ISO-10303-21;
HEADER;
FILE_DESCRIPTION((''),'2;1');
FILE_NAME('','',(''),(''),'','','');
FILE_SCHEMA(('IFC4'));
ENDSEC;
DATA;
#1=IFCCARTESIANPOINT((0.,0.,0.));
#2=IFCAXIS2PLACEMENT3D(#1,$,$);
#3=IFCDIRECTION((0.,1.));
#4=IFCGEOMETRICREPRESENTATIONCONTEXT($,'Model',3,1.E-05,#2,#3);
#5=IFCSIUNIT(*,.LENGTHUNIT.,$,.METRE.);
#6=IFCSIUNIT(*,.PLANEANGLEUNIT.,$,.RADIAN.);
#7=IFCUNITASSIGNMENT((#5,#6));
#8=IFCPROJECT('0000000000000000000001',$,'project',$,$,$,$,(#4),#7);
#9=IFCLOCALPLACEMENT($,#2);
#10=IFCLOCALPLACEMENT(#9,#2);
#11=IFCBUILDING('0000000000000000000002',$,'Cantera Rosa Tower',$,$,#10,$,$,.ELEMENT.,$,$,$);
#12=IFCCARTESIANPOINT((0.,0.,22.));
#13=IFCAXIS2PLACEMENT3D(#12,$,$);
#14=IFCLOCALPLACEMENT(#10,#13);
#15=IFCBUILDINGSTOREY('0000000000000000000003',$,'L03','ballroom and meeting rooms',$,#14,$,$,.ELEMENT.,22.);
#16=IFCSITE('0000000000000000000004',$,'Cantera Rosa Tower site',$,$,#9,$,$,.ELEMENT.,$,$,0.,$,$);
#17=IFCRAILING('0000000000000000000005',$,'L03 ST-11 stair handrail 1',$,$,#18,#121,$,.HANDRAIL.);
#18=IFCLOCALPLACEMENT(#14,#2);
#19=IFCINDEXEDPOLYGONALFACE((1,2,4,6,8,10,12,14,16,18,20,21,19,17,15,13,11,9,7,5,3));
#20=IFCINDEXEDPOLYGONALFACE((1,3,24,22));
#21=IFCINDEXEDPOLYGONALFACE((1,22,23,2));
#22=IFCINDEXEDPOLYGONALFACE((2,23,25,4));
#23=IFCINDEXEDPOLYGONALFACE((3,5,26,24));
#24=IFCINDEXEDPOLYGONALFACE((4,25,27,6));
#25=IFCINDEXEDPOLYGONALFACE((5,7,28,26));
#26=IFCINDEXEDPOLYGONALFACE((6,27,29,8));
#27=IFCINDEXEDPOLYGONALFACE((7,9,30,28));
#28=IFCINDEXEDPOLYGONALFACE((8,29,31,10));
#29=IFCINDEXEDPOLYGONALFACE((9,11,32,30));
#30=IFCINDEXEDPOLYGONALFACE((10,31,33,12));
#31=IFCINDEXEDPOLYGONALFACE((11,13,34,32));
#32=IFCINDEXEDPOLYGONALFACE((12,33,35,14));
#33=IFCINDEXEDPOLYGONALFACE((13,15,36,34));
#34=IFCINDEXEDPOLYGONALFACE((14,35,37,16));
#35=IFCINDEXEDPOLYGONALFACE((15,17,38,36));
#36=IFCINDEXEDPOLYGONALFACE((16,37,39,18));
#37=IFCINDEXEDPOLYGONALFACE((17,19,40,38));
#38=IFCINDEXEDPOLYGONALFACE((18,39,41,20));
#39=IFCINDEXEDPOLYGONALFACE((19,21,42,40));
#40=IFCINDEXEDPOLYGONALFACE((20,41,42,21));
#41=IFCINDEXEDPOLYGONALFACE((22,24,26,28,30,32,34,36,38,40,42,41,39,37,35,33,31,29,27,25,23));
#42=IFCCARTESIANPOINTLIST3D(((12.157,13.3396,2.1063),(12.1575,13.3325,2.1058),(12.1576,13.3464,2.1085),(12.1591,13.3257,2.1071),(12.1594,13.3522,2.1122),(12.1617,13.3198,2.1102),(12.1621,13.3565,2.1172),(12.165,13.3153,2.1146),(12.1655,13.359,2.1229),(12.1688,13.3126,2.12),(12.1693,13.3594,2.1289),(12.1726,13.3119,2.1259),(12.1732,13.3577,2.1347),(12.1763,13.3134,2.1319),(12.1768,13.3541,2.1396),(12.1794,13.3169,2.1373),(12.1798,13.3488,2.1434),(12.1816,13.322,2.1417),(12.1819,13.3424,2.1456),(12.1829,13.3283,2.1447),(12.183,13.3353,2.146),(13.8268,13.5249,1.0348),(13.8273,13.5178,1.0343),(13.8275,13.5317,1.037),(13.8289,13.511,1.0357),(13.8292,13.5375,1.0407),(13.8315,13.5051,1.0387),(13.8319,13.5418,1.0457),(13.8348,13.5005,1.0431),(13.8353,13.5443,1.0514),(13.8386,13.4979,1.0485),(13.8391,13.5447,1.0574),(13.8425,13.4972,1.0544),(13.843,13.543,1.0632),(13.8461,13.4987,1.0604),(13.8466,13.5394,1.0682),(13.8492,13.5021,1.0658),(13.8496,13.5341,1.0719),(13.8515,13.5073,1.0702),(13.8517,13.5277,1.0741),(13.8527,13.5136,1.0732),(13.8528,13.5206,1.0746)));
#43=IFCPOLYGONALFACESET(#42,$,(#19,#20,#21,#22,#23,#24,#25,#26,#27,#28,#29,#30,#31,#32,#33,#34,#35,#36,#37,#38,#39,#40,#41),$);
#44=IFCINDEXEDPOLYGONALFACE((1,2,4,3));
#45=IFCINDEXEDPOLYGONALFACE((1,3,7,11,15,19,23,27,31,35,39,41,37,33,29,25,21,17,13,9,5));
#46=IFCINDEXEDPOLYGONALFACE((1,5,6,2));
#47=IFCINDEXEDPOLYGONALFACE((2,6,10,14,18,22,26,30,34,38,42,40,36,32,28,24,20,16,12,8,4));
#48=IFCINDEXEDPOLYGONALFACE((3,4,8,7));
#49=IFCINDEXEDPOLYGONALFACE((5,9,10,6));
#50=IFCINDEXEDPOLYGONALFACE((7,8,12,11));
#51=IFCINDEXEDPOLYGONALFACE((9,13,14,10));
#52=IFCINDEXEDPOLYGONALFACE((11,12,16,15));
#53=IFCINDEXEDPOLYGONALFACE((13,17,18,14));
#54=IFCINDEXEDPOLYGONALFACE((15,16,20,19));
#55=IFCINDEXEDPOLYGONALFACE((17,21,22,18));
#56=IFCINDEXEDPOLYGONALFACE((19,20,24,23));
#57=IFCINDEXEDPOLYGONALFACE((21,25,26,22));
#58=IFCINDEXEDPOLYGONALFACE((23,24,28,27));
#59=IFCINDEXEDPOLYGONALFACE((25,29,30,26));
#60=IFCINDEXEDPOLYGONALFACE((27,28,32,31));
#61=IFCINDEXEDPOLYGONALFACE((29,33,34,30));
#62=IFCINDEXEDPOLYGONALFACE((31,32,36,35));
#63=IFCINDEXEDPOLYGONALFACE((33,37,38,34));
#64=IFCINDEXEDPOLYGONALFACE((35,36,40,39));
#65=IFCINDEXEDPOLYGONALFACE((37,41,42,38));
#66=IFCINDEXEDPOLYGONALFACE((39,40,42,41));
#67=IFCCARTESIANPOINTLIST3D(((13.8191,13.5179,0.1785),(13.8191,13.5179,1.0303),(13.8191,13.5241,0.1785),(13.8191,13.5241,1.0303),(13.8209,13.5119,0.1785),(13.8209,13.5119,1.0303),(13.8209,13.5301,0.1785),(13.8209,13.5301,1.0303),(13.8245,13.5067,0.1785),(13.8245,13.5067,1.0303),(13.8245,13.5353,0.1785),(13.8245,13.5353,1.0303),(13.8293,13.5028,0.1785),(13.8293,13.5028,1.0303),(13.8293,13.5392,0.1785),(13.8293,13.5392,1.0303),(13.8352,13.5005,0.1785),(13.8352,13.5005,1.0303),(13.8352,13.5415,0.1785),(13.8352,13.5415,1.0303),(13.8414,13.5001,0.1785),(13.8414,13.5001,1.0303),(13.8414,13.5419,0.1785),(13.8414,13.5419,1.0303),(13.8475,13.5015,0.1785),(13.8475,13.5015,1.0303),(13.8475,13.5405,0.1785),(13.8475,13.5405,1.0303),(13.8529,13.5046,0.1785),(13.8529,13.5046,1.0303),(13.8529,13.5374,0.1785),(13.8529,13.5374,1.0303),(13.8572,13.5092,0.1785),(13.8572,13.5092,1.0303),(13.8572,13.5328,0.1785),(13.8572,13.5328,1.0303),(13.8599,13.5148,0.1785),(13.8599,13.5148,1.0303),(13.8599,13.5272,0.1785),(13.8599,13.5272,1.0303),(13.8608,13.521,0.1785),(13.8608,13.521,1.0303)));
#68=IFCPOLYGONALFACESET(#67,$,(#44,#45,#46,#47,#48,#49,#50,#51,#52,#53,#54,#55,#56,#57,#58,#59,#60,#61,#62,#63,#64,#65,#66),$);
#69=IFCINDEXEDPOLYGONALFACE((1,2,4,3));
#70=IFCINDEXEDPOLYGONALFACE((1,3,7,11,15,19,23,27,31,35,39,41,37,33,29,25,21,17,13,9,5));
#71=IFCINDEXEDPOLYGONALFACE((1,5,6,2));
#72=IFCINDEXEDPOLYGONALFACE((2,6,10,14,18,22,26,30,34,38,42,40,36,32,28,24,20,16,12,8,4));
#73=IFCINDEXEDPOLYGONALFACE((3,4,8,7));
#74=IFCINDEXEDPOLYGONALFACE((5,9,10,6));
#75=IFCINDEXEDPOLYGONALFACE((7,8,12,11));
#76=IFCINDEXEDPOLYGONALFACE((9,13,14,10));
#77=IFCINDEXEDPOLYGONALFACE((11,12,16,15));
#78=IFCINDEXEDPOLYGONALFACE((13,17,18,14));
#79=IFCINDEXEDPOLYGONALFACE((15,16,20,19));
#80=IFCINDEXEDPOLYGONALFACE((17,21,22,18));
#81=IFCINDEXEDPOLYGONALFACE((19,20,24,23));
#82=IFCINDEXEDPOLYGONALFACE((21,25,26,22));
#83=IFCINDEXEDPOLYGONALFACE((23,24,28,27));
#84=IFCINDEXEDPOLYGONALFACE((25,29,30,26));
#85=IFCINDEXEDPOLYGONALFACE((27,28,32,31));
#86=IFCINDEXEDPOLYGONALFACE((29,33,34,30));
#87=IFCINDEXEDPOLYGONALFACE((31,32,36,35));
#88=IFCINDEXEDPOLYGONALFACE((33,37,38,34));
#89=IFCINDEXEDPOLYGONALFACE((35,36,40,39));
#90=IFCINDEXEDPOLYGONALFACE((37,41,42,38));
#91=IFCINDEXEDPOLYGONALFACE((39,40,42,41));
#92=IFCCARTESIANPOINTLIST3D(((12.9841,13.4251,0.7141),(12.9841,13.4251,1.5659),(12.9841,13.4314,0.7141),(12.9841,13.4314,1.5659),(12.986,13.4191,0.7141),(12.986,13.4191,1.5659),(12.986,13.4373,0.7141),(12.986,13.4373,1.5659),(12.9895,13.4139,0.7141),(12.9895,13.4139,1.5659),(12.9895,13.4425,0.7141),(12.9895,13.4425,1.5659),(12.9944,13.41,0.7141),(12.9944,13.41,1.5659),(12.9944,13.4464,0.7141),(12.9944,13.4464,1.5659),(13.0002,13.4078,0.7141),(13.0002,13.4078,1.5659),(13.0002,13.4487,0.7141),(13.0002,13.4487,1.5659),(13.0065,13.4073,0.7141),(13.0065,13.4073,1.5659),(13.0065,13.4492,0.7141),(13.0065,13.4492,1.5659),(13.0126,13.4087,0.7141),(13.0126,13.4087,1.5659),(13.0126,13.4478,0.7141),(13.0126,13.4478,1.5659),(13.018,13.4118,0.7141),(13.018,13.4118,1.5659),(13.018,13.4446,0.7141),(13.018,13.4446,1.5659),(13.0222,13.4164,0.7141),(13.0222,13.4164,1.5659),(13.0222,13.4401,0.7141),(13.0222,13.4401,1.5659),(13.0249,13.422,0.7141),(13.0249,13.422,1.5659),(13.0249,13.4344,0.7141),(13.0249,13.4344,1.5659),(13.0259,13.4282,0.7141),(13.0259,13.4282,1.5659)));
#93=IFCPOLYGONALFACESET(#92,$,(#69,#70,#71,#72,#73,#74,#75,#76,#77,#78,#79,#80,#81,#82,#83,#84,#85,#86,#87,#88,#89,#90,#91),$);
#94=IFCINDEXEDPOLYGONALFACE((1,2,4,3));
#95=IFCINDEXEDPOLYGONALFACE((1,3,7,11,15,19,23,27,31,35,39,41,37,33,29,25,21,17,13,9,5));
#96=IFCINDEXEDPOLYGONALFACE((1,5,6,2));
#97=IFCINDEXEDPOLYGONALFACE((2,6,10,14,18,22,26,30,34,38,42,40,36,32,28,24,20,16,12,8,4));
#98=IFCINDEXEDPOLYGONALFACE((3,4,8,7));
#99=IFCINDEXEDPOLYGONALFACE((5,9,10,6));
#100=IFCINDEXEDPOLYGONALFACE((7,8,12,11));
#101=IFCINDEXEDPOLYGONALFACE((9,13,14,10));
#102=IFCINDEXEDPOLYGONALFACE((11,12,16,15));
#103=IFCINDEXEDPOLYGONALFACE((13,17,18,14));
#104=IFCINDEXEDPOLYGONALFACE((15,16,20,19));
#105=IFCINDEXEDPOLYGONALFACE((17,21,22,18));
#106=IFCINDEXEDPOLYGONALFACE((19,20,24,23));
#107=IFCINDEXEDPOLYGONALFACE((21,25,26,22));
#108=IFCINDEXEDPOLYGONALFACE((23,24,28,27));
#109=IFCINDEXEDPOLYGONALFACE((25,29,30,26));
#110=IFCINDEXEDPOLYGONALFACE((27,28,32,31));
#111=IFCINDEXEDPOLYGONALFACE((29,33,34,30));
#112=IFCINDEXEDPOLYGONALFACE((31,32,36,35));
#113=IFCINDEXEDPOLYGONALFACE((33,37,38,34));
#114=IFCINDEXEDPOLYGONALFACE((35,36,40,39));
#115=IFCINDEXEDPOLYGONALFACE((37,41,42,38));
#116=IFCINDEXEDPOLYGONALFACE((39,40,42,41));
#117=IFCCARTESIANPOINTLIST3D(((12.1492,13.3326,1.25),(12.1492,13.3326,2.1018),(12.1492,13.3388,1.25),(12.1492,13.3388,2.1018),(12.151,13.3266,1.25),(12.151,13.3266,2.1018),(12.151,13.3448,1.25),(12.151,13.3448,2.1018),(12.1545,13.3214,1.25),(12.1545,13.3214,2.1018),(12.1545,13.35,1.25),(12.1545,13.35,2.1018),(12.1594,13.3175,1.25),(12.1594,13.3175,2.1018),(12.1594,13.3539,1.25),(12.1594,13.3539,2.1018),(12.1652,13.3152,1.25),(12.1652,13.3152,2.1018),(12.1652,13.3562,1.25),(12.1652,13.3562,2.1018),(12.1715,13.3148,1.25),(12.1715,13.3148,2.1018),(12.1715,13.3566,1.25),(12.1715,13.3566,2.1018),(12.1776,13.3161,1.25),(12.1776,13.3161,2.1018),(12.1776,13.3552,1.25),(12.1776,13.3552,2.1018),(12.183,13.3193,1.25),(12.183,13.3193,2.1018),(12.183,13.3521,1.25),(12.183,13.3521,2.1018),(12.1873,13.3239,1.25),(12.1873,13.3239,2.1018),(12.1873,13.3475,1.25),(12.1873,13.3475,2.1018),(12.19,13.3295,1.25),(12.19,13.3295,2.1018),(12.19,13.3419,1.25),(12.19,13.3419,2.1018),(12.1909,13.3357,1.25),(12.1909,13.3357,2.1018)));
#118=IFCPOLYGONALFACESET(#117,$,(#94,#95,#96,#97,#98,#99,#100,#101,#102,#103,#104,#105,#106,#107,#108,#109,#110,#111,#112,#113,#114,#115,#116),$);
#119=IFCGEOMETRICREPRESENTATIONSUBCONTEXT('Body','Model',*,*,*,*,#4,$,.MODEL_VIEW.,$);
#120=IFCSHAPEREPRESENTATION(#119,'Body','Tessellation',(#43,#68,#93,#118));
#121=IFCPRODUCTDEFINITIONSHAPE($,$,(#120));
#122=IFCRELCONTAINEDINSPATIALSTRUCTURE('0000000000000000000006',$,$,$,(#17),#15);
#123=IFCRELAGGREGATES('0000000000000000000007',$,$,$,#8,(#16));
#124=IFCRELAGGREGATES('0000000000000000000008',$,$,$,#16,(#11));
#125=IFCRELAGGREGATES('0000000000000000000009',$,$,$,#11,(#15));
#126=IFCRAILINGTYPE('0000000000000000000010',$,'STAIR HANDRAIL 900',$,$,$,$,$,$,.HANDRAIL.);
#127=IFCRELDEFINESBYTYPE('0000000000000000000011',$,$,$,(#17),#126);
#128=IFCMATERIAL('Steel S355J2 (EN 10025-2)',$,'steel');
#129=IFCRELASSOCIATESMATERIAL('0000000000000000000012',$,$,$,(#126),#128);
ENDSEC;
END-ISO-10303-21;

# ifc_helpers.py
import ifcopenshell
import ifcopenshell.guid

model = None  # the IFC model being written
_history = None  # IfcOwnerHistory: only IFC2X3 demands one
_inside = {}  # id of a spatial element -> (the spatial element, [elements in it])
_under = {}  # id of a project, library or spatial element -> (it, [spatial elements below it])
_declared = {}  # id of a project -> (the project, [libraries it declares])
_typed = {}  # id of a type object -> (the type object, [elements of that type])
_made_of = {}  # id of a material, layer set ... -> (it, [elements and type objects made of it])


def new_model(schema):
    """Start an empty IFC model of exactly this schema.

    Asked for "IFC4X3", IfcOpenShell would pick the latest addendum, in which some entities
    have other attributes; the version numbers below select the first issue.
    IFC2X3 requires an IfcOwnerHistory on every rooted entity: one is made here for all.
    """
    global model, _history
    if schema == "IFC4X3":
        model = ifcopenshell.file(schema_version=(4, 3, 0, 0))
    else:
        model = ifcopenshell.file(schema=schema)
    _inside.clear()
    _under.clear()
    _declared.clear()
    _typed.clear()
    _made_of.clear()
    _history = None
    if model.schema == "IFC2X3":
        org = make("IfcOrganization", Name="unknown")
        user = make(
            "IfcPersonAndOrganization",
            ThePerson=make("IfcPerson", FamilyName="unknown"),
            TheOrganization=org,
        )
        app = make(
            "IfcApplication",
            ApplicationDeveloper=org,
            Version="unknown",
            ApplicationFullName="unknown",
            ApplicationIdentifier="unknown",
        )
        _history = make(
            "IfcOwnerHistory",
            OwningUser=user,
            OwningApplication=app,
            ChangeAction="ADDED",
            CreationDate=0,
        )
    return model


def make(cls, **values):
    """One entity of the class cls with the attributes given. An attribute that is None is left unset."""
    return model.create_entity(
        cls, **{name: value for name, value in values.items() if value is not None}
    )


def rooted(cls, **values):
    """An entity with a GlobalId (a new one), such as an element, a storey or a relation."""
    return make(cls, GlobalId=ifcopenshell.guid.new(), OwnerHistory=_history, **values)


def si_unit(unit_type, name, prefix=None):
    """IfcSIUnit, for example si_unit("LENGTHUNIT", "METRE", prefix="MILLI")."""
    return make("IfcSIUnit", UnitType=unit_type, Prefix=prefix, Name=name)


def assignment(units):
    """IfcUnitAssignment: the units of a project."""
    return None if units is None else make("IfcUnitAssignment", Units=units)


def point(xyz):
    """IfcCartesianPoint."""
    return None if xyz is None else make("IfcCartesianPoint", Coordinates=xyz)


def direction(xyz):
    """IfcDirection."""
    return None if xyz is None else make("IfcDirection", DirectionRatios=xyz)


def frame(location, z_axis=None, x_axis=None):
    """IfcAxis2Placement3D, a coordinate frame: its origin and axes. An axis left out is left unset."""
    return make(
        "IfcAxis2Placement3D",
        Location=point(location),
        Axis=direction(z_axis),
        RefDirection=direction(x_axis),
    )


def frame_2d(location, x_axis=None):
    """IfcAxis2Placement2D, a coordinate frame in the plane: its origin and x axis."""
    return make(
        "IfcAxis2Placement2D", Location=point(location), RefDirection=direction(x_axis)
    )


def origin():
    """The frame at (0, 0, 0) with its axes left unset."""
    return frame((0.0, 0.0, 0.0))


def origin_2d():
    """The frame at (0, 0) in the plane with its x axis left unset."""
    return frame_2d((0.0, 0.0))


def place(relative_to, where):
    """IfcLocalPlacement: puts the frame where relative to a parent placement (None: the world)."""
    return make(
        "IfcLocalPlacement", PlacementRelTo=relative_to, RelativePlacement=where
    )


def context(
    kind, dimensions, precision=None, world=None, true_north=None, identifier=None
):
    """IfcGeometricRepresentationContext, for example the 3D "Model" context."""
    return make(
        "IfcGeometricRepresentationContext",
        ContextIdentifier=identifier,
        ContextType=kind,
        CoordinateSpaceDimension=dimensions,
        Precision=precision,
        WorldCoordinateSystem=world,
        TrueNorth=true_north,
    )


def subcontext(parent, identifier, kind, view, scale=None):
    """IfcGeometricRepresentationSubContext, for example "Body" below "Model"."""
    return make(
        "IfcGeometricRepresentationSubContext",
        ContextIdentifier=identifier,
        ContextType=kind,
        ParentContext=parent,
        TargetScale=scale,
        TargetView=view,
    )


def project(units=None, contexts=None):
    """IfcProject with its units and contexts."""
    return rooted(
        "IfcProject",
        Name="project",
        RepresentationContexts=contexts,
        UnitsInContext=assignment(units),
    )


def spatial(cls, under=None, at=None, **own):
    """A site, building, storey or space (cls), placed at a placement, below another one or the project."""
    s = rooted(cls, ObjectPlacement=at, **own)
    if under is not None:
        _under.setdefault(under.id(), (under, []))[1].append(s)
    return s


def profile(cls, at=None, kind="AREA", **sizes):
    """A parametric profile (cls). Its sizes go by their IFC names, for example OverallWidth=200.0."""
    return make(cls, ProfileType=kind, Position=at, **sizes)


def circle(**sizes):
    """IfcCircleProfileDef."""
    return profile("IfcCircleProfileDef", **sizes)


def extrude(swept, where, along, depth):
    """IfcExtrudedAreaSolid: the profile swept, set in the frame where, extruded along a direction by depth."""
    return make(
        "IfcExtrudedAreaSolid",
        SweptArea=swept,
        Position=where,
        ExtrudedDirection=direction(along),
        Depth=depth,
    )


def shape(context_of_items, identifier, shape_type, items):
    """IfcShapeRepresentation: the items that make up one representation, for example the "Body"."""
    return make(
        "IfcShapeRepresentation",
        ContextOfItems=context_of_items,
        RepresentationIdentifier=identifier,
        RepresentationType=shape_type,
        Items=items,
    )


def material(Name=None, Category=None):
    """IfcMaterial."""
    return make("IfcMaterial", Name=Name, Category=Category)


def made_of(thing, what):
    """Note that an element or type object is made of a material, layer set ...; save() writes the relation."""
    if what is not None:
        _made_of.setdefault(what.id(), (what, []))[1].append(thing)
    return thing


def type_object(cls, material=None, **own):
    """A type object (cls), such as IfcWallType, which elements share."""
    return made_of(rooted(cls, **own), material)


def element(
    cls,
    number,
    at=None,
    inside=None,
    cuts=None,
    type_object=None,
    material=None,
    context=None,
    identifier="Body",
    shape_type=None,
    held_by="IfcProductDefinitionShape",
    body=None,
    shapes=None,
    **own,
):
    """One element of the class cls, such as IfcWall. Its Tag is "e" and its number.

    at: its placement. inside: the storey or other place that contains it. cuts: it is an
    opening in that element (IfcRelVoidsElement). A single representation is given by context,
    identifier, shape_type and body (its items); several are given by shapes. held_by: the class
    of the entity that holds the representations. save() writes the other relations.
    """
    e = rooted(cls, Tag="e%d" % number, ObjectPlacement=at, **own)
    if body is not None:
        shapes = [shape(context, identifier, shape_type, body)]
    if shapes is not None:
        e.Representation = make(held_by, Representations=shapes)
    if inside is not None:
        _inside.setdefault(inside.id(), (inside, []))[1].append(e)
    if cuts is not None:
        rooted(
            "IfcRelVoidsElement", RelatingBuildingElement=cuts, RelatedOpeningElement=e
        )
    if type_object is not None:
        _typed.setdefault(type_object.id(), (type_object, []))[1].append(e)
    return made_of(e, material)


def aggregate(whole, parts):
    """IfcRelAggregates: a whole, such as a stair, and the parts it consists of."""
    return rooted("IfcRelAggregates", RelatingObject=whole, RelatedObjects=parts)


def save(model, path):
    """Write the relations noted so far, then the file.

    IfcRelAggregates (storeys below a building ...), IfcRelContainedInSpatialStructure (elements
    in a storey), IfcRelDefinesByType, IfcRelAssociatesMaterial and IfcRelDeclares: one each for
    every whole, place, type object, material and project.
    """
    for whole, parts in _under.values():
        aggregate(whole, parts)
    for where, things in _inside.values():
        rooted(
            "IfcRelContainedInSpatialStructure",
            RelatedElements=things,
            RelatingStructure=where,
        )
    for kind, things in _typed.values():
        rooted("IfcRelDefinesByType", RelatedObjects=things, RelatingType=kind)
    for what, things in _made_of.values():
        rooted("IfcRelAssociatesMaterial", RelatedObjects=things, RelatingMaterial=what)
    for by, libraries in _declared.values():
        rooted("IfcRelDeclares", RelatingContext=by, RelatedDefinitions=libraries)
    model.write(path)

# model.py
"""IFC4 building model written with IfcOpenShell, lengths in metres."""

from ifc_helpers import new_model, si_unit, direction, frame, origin, origin_2d, place, context, subcontext, project, spatial, circle, extrude, material, type_object, element, save


model = new_model("IFC4")

# Units and contexts
model_context = context("Model", 3, precision=1e-05, world=origin(), true_north=direction((0.0, 1.0)))
body_context = subcontext(model_context, "Body", "Model", "MODEL_VIEW")
ifc_project = project(units=[si_unit("LENGTHUNIT", "METRE"), si_unit("PLANEANGLEUNIT", "RADIAN")], contexts=[model_context])

# Site, building, storey
site_placement = place(None, origin())
site = spatial("IfcSite", under=ifc_project, at=site_placement, Name="Cantera Rosa Tower site", CompositionType="ELEMENT", RefElevation=0.0)
building_placement = place(site_placement, origin())
building = spatial("IfcBuilding", under=site, at=building_placement, Name="Cantera Rosa Tower", CompositionType="ELEMENT")
storey_placement = place(building_placement, frame((0.0, 0.0, 22.0)))
storey = spatial("IfcBuildingStorey", under=building, at=storey_placement, Name="L03", Description="ballroom and meeting rooms", CompositionType="ELEMENT", Elevation=22.0)

# Railing
ifc_material_1 = material(Name="Steel S355J2 (EN 10025-2)", Category="steel")
railing_type_1 = type_object("IfcRailingType", Name="STAIR HANDRAIL 900", PredefinedType="HANDRAIL", material=ifc_material_1)
railing_1_placement = place(storey_placement, frame((13.8398, 13.521, 0.1785)))
element("IfcRailing", 1, at=railing_1_placement, inside=storey, type_object=railing_type_1, Name="L03 ST-11 stair handrail 1", PredefinedType="HANDRAIL", context=body_context, shape_type="SweptSolid", body=[
    extrude(circle(Radius=0.0239, at=origin_2d()), frame((0.0, 0.0, 0.876), z_axis=(-0.837987, -0.092987, 0.537709), x_axis=(0.110288, -0.9939, 0.0)), (0.0, 0.0, 1.0), 1.9927),
    extrude(circle(Radius=0.021, at=origin_2d()), origin(), (0.0, 0.0, 1.0), 0.8518),
    extrude(circle(Radius=0.021, at=origin_2d()), frame((-0.835, -0.0928, 0.5356)), (0.0, 0.0, 1.0), 0.8518),
    extrude(circle(Radius=0.021, at=origin_2d()), frame((-1.6699, -0.1853, 1.0715)), (0.0, 0.0, 1.0), 0.8518),
])

save(model, "model.ifc")
